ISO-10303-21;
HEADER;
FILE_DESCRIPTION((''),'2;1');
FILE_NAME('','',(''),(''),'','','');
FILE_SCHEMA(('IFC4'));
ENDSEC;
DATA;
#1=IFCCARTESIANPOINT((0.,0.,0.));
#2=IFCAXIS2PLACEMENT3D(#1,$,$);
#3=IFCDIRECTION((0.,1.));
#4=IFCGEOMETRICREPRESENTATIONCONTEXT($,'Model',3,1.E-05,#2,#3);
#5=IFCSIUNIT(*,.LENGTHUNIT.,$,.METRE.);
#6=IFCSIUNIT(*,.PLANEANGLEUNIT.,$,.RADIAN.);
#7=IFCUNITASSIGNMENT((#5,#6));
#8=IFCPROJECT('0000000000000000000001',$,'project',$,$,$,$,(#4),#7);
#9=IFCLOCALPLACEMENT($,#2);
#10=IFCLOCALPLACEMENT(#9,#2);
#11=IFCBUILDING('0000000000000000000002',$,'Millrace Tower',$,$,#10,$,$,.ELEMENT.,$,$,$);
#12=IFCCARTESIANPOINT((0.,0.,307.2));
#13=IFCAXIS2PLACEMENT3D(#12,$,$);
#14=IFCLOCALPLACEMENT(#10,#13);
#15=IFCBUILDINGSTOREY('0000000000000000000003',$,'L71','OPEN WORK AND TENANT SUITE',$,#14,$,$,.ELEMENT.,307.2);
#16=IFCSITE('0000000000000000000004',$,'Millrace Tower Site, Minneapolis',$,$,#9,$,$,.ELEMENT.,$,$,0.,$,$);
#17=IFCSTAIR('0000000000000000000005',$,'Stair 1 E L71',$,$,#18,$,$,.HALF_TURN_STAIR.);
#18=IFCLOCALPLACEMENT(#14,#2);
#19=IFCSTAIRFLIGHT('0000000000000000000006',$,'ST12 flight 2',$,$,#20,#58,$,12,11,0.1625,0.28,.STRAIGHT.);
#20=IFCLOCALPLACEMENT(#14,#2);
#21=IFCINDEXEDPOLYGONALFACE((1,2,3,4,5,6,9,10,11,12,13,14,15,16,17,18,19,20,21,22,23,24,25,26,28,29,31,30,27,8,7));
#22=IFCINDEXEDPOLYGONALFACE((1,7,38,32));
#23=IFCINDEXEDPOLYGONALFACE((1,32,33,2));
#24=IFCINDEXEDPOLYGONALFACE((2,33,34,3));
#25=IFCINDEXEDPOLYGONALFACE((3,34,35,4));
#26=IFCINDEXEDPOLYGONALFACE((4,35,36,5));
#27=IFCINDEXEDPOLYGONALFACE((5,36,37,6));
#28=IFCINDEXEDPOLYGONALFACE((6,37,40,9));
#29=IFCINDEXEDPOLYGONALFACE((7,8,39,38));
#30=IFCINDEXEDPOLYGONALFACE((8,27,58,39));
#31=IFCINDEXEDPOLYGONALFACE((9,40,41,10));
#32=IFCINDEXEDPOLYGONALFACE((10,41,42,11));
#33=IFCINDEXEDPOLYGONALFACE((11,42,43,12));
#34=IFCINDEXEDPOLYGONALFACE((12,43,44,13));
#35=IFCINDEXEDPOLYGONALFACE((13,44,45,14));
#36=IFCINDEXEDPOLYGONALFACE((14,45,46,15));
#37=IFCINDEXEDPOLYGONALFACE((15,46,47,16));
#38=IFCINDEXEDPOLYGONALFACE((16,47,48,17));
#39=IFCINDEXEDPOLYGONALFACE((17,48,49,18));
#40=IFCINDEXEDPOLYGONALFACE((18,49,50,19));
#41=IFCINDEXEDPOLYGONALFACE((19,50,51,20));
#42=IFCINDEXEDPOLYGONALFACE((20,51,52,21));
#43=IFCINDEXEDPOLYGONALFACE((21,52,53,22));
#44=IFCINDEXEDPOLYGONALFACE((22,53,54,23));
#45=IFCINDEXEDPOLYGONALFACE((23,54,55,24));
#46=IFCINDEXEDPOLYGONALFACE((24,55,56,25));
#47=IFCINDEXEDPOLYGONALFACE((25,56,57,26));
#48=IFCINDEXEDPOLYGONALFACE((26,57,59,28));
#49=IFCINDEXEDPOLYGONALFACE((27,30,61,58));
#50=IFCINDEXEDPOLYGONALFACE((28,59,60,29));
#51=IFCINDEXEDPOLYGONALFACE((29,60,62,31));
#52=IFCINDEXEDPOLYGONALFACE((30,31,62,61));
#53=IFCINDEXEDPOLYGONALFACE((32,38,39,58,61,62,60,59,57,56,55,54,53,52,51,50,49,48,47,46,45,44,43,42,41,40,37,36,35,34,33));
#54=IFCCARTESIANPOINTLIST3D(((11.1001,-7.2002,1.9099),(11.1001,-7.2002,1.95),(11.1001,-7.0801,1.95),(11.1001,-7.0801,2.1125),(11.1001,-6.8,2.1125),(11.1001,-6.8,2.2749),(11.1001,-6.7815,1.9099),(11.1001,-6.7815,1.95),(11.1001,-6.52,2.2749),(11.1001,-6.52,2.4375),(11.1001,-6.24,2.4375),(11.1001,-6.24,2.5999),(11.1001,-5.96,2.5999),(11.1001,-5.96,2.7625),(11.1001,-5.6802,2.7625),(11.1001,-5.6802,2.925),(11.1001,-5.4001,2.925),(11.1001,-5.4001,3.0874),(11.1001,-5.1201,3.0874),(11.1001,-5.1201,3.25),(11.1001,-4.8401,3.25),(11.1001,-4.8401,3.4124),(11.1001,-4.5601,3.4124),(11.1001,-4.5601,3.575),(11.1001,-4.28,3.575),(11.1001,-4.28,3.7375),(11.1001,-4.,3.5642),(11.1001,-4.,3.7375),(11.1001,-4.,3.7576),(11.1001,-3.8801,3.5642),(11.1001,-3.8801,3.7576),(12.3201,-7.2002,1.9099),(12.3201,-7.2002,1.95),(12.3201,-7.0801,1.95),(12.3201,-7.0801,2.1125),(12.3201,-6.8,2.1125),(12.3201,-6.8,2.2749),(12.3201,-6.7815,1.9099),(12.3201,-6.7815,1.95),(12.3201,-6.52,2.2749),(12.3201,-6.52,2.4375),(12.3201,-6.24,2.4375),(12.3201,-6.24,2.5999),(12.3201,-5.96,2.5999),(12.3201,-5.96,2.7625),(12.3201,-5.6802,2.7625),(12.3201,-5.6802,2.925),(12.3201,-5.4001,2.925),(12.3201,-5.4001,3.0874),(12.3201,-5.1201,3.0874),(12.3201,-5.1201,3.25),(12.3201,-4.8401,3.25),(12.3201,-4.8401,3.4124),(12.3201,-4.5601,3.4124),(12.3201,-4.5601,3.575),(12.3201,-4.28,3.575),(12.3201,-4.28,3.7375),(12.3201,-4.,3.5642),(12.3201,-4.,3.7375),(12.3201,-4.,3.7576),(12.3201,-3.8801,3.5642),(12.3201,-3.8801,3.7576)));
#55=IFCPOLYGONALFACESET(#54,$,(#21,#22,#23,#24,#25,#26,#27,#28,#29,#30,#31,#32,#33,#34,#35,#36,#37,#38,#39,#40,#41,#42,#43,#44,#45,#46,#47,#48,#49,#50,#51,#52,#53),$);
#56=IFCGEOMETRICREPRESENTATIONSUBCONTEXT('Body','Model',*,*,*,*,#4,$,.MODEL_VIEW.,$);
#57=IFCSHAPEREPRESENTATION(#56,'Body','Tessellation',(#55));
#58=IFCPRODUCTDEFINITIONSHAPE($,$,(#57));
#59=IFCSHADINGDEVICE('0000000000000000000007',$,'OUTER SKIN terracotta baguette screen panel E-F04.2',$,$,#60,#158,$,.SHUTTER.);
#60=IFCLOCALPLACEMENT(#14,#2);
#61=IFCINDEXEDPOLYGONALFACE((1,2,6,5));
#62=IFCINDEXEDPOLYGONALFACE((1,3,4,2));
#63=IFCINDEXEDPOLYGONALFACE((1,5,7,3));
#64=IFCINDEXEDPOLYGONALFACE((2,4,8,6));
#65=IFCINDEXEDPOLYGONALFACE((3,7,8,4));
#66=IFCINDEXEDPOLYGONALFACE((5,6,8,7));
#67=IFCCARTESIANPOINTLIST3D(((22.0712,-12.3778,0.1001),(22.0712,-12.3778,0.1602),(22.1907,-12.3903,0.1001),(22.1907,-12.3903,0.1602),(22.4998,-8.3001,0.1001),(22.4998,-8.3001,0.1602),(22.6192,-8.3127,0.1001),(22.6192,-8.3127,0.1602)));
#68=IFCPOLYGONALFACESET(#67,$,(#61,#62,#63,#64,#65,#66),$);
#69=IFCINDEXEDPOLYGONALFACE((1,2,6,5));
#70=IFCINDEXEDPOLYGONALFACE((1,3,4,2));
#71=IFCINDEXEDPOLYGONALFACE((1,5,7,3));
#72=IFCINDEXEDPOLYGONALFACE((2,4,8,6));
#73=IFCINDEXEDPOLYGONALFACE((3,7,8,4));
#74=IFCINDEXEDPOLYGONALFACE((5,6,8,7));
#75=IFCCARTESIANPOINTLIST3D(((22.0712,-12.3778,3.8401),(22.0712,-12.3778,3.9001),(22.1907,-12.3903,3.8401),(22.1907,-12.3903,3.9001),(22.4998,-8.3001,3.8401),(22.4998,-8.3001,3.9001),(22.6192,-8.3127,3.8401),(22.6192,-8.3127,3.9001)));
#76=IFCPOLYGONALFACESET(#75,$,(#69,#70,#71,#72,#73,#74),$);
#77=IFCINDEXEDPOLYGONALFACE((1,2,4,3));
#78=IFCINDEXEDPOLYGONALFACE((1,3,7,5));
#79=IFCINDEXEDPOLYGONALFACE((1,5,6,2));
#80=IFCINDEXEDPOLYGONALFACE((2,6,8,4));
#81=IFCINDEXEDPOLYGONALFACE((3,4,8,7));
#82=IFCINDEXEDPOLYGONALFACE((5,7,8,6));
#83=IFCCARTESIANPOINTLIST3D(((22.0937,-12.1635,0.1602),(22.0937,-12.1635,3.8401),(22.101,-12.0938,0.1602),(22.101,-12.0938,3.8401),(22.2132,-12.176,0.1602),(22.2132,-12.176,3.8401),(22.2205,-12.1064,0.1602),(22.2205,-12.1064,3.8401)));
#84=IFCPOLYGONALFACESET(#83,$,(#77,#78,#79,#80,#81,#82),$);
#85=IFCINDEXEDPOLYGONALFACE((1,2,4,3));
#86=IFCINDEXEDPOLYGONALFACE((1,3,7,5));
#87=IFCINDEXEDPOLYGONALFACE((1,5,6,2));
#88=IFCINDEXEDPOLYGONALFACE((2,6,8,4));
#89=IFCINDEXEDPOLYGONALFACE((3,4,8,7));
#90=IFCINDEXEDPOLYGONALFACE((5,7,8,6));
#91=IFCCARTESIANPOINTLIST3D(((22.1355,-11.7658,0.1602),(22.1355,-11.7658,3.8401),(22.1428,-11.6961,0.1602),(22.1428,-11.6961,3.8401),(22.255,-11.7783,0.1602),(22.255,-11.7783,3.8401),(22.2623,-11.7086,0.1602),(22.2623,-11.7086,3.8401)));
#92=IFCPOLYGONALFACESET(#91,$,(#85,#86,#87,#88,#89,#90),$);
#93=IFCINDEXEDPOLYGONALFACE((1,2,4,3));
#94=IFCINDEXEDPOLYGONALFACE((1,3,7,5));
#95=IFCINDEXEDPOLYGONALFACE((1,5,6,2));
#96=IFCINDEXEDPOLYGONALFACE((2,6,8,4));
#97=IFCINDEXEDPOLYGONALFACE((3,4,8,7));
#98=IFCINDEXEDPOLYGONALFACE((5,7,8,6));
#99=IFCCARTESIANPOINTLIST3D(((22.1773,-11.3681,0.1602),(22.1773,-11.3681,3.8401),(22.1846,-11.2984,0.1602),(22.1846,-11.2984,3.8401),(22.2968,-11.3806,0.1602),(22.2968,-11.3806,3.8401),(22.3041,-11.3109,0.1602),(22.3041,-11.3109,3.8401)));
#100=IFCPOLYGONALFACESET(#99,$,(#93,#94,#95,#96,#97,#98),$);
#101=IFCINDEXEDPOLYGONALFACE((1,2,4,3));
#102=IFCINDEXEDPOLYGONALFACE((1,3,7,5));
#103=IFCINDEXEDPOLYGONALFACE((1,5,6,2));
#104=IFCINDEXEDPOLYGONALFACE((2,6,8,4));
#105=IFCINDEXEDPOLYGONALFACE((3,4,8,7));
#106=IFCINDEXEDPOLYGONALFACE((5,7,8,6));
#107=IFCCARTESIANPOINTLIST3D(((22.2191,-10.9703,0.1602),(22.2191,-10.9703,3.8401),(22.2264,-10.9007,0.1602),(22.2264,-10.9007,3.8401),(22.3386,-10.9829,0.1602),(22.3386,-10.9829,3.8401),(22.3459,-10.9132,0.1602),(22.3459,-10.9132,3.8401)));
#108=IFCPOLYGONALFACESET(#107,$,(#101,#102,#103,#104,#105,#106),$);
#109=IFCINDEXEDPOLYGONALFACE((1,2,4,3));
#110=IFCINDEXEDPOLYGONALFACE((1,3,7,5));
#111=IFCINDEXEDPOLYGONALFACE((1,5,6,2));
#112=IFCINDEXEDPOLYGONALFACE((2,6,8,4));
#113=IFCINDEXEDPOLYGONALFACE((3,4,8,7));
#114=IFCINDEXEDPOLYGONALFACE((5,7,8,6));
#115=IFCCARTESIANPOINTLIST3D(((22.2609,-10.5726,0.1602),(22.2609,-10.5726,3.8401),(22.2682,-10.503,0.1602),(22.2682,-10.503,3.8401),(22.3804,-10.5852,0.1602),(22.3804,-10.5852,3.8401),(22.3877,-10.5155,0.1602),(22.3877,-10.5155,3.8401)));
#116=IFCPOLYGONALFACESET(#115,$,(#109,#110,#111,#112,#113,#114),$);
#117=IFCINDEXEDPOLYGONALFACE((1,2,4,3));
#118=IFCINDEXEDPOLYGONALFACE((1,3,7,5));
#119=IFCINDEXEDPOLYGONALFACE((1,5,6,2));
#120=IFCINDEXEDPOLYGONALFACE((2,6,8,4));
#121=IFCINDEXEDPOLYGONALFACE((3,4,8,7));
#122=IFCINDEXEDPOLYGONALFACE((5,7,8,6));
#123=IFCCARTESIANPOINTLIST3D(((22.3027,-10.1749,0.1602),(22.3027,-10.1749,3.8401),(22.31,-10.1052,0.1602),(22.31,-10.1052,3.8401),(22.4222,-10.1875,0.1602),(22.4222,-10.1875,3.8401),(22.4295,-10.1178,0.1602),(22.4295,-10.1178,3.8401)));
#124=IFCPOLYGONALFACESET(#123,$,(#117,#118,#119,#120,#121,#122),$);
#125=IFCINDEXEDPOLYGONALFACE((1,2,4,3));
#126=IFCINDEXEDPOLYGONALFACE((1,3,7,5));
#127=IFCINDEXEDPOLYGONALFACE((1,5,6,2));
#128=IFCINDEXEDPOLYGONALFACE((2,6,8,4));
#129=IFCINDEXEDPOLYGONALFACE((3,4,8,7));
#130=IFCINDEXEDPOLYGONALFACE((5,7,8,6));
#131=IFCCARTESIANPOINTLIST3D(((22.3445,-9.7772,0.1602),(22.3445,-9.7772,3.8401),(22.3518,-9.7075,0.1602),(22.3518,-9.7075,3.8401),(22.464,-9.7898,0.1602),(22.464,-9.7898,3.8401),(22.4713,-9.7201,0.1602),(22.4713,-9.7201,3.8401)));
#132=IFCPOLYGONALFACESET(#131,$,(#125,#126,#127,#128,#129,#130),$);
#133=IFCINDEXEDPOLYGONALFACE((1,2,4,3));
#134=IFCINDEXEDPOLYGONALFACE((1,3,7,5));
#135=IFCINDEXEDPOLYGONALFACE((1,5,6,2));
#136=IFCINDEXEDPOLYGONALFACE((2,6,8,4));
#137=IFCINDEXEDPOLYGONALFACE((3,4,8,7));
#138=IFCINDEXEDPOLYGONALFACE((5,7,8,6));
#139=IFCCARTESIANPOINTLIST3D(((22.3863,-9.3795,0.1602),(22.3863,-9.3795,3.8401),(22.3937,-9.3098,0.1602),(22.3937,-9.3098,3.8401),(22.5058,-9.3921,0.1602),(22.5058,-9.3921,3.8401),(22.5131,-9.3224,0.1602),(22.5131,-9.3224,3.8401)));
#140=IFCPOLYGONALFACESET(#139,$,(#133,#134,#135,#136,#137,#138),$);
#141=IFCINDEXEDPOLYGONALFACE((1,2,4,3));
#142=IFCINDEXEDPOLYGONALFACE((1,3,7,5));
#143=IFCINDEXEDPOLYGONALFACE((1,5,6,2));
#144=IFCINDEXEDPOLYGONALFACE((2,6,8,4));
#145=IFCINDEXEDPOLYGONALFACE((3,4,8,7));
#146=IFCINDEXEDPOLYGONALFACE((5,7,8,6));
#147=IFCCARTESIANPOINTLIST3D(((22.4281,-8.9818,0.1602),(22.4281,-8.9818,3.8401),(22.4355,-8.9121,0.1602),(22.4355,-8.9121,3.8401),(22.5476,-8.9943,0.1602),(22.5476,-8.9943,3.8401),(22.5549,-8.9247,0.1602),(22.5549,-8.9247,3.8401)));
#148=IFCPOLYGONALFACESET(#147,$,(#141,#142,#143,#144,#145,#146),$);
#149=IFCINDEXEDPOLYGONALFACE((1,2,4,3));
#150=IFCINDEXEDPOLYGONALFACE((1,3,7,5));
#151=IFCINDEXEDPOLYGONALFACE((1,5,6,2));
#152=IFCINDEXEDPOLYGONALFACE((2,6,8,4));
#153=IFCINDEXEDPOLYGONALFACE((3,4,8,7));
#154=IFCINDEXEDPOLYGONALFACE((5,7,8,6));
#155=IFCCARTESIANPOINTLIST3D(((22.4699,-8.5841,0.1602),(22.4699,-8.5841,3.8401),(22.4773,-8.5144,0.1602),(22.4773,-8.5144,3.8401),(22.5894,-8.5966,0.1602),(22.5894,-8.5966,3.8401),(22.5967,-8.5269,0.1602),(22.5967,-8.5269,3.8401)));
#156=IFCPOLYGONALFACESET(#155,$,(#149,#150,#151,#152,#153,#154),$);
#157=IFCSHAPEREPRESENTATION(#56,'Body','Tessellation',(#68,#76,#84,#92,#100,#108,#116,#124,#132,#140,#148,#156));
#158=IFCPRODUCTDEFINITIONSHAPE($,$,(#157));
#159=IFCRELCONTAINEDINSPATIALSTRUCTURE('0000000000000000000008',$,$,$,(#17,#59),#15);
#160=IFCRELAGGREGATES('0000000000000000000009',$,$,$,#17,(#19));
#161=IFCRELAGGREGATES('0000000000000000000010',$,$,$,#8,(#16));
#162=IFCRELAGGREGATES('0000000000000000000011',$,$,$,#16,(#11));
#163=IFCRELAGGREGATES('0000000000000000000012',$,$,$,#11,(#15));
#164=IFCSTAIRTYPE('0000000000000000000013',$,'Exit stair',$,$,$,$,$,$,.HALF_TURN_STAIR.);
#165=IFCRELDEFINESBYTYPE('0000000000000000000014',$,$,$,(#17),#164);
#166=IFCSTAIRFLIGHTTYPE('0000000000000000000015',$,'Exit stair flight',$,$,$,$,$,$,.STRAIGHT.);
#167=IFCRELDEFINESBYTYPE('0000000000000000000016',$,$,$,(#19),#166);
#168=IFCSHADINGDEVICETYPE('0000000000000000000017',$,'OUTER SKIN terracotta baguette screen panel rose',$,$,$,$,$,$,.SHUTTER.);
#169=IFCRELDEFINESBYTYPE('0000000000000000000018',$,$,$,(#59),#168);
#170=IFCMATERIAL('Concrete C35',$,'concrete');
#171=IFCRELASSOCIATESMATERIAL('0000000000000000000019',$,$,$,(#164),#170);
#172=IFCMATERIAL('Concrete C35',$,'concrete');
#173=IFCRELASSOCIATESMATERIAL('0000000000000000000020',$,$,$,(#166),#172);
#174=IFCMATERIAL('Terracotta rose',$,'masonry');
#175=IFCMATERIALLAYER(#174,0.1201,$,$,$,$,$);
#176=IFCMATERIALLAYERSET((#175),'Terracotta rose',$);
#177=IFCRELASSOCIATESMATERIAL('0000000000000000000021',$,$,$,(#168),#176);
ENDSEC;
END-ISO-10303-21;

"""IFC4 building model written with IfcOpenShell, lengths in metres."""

from ifc_helpers import new_model, entity, si_unit, direction, frame, frame_2d, origin, place, context, subcontext, project, spatial, polyline, rectangle, outline, extrude, source, transform, mapped, material, layer, layer_set, type_object, element, aggregate, save


model = new_model("IFC4")

# Units and contexts
model_context = context("Model", 3, precision=1e-05, world=origin(), true_north=direction((0.0, 1.0)))
body_context = subcontext(model_context, "Body", "Model", "MODEL_VIEW")
ifc_project = project(units=[si_unit("LENGTHUNIT", "METRE"), si_unit("PLANEANGLEUNIT", "RADIAN")], contexts=[model_context])

# Site, building, storey
site_placement = place(None, origin())
site = spatial("IfcSite", under=ifc_project, at=site_placement, Name="Millrace Tower Site, Minneapolis", CompositionType="ELEMENT", RefElevation=0.0)
building_placement = place(site_placement, origin())
building = spatial("IfcBuilding", under=site, at=building_placement, Name="Millrace Tower", CompositionType="ELEMENT")
storey_placement = place(building_placement, frame((0.0, 0.0, 307.2)))
storey = spatial("IfcBuildingStorey", under=building, at=storey_placement, Name="L71", Description="OPEN WORK AND TENANT SUITE", CompositionType="ELEMENT", Elevation=307.2)

# Shared definitions
placement = place(storey_placement, origin())

# Stair, stair flight
ifc_material_1 = material(Name="Concrete C35", Category="concrete")
stair_type = type_object("IfcStairType", Name="Exit stair", PredefinedType="HALF_TURN_STAIR", material=ifc_material_1)
stair = element("IfcStair", 1, at=placement, inside=storey, type_object=stair_type, Name="Stair 1 E L71", PredefinedType="HALF_TURN_STAIR")
ifc_material_2 = material(Name="Concrete C35", Category="concrete")
stair_flight_type = type_object("IfcStairFlightType", Name="Exit stair flight", PredefinedType="STRAIGHT", material=ifc_material_2)
stair_flight_1_placement = place(storey_placement, frame((11.71, -7.0801, 1.95), z_axis=(0.0, 0.0, 1.0), x_axis=(0.0, 1.0, 0.0)))
stair_flight_1 = element("IfcStairFlight", 2, at=stair_flight_1_placement, type_object=stair_flight_type, Name="ST12 flight 2", NumberOfRisers=12, NumberOfTreads=11, PredefinedType="STRAIGHT", RiserHeight=0.1625, TreadLength=0.28, context=body_context, shape_type="SweptSolid", body=[
    extrude(outline(polyline([(-0.1201, -0.04), (-0.1201, 0.0), (0.0, 0.0), (0.0, 0.1626), (0.28, 0.1626), (0.28, 0.325), (0.5601, 0.325), (0.5601, 0.4875), (0.8401, 0.4875), (0.8401, 0.6499), (1.1201, 0.6499), (1.1201, 0.8125), (1.3999, 0.8125), (1.3999, 0.9751), (1.6799, 0.9751), (1.6799, 1.1375), (1.96, 1.1375), (1.96, 1.3), (2.24, 1.3), (2.24, 1.4624), (2.52, 1.4624), (2.52, 1.625), (2.8, 1.625), (2.8, 1.7876), (3.0801, 1.7876), (3.0801, 1.8076), (3.2, 1.8076), (3.2, 1.6143), (3.0801, 1.6143), (0.2986, 0.0), (0.2986, -0.04), (-0.1201, -0.04)])), frame((0.0, 0.6099, 0.0), z_axis=(0.0, -1.0, 0.0), x_axis=(1.0, 0.0, 0.0)), (0.0, 0.0, 1.0), 1.22),
])
aggregate(stair, [stair_flight_1])

# Shading device
ifc_material_3 = material(Name="Terracotta rose", Category="masonry")
ifc_layer_1 = layer(ifc_material_3, 0.1201)
ifc_layer_set_1 = layer_set([ifc_layer_1], Name="Terracotta rose")
shading_device_type = type_object("IfcShadingDeviceType", Name="OUTER SKIN terracotta baguette screen panel rose", PredefinedType="SHUTTER", material=ifc_layer_set_1)
cartesian_point = entity("IfcCartesianPoint", [-2.05, 0.0601])
shared_polyline = entity("IfcPolyline", [cartesian_point, entity("IfcCartesianPoint", [2.05, 0.0601]), entity("IfcCartesianPoint", [2.05, -0.0601]), entity("IfcCartesianPoint", [-2.05, -0.0601]), cartesian_point])
shared_shape = source(origin(), body_context, "Body", "SweptSolid", [
    entity("IfcExtrudedAreaSolid", entity("IfcArbitraryClosedProfileDef", "AREA", None, shared_polyline), entity("IfcAxis2Placement3D", entity("IfcCartesianPoint", [0.0, 0.0, 0.0])), entity("IfcDirection", [0.0, 0.0, 1.0]), 0.0601),
    entity("IfcExtrudedAreaSolid", entity("IfcArbitraryClosedProfileDef", "AREA", None, shared_polyline), entity("IfcAxis2Placement3D", entity("IfcCartesianPoint", [0.0, 0.0, 3.74])), entity("IfcDirection", [0.0, 0.0, 1.0]), 0.0601),
    extrude(rectangle(XDim=0.0701, YDim=0.1201, at=frame_2d((-1.7996, 0.0))), frame((0.0, 0.0, 0.0601)), (0.0, 0.0, 1.0), 3.6799),
    extrude(rectangle(XDim=0.0701, YDim=0.1201, at=frame_2d((-1.3997, 0.0))), frame((0.0, 0.0, 0.0601)), (0.0, 0.0, 1.0), 3.6799),
    extrude(rectangle(XDim=0.0701, YDim=0.1201, at=frame_2d((-0.9998, 0.0))), frame((0.0, 0.0, 0.0601)), (0.0, 0.0, 1.0), 3.6799),
    extrude(rectangle(XDim=0.0701, YDim=0.1201, at=frame_2d((-0.5999, 0.0))), frame((0.0, 0.0, 0.0601)), (0.0, 0.0, 1.0), 3.6799),
    extrude(rectangle(XDim=0.0701, YDim=0.1201, at=frame_2d((-0.2, 0.0))), frame((0.0, 0.0, 0.0601)), (0.0, 0.0, 1.0), 3.6799),
    extrude(rectangle(XDim=0.0701, YDim=0.1201, at=frame_2d((0.2, 0.0))), frame((0.0, 0.0, 0.0601)), (0.0, 0.0, 1.0), 3.6799),
    extrude(rectangle(XDim=0.0701, YDim=0.1201, at=frame_2d((0.5999, 0.0))), frame((0.0, 0.0, 0.0601)), (0.0, 0.0, 1.0), 3.6799),
    extrude(rectangle(XDim=0.0701, YDim=0.1201, at=frame_2d((0.9998, 0.0))), frame((0.0, 0.0, 0.0601)), (0.0, 0.0, 1.0), 3.6799),
    extrude(rectangle(XDim=0.0701, YDim=0.1201, at=frame_2d((1.3997, 0.0))), frame((0.0, 0.0, 0.0601)), (0.0, 0.0, 1.0), 3.6799),
    extrude(rectangle(XDim=0.0701, YDim=0.1201, at=frame_2d((1.7996, 0.0))), frame((0.0, 0.0, 0.0601)), (0.0, 0.0, 1.0), 3.6799),
])
for number, where, z_axis, x_axis, name in (
    (3, (22.3452, -10.3452, 0.1001), (0.0, 0.0, 1.0), (0.104528, 0.994522, 0.0), "OUTER SKIN terracotta baguette screen panel E-F04.2"),
):
    element("IfcShadingDevice", number, at=place(storey_placement, frame(where, z_axis=z_axis, x_axis=x_axis)), inside=storey, type_object=shading_device_type, Name=name, PredefinedType="SHUTTER", context=body_context, shape_type="MappedRepresentation", body=[
        mapped(shared_shape, transform((0.0, 0.0, 0.0), scale=1.0)),
    ])

save(model, "model.ifc")
